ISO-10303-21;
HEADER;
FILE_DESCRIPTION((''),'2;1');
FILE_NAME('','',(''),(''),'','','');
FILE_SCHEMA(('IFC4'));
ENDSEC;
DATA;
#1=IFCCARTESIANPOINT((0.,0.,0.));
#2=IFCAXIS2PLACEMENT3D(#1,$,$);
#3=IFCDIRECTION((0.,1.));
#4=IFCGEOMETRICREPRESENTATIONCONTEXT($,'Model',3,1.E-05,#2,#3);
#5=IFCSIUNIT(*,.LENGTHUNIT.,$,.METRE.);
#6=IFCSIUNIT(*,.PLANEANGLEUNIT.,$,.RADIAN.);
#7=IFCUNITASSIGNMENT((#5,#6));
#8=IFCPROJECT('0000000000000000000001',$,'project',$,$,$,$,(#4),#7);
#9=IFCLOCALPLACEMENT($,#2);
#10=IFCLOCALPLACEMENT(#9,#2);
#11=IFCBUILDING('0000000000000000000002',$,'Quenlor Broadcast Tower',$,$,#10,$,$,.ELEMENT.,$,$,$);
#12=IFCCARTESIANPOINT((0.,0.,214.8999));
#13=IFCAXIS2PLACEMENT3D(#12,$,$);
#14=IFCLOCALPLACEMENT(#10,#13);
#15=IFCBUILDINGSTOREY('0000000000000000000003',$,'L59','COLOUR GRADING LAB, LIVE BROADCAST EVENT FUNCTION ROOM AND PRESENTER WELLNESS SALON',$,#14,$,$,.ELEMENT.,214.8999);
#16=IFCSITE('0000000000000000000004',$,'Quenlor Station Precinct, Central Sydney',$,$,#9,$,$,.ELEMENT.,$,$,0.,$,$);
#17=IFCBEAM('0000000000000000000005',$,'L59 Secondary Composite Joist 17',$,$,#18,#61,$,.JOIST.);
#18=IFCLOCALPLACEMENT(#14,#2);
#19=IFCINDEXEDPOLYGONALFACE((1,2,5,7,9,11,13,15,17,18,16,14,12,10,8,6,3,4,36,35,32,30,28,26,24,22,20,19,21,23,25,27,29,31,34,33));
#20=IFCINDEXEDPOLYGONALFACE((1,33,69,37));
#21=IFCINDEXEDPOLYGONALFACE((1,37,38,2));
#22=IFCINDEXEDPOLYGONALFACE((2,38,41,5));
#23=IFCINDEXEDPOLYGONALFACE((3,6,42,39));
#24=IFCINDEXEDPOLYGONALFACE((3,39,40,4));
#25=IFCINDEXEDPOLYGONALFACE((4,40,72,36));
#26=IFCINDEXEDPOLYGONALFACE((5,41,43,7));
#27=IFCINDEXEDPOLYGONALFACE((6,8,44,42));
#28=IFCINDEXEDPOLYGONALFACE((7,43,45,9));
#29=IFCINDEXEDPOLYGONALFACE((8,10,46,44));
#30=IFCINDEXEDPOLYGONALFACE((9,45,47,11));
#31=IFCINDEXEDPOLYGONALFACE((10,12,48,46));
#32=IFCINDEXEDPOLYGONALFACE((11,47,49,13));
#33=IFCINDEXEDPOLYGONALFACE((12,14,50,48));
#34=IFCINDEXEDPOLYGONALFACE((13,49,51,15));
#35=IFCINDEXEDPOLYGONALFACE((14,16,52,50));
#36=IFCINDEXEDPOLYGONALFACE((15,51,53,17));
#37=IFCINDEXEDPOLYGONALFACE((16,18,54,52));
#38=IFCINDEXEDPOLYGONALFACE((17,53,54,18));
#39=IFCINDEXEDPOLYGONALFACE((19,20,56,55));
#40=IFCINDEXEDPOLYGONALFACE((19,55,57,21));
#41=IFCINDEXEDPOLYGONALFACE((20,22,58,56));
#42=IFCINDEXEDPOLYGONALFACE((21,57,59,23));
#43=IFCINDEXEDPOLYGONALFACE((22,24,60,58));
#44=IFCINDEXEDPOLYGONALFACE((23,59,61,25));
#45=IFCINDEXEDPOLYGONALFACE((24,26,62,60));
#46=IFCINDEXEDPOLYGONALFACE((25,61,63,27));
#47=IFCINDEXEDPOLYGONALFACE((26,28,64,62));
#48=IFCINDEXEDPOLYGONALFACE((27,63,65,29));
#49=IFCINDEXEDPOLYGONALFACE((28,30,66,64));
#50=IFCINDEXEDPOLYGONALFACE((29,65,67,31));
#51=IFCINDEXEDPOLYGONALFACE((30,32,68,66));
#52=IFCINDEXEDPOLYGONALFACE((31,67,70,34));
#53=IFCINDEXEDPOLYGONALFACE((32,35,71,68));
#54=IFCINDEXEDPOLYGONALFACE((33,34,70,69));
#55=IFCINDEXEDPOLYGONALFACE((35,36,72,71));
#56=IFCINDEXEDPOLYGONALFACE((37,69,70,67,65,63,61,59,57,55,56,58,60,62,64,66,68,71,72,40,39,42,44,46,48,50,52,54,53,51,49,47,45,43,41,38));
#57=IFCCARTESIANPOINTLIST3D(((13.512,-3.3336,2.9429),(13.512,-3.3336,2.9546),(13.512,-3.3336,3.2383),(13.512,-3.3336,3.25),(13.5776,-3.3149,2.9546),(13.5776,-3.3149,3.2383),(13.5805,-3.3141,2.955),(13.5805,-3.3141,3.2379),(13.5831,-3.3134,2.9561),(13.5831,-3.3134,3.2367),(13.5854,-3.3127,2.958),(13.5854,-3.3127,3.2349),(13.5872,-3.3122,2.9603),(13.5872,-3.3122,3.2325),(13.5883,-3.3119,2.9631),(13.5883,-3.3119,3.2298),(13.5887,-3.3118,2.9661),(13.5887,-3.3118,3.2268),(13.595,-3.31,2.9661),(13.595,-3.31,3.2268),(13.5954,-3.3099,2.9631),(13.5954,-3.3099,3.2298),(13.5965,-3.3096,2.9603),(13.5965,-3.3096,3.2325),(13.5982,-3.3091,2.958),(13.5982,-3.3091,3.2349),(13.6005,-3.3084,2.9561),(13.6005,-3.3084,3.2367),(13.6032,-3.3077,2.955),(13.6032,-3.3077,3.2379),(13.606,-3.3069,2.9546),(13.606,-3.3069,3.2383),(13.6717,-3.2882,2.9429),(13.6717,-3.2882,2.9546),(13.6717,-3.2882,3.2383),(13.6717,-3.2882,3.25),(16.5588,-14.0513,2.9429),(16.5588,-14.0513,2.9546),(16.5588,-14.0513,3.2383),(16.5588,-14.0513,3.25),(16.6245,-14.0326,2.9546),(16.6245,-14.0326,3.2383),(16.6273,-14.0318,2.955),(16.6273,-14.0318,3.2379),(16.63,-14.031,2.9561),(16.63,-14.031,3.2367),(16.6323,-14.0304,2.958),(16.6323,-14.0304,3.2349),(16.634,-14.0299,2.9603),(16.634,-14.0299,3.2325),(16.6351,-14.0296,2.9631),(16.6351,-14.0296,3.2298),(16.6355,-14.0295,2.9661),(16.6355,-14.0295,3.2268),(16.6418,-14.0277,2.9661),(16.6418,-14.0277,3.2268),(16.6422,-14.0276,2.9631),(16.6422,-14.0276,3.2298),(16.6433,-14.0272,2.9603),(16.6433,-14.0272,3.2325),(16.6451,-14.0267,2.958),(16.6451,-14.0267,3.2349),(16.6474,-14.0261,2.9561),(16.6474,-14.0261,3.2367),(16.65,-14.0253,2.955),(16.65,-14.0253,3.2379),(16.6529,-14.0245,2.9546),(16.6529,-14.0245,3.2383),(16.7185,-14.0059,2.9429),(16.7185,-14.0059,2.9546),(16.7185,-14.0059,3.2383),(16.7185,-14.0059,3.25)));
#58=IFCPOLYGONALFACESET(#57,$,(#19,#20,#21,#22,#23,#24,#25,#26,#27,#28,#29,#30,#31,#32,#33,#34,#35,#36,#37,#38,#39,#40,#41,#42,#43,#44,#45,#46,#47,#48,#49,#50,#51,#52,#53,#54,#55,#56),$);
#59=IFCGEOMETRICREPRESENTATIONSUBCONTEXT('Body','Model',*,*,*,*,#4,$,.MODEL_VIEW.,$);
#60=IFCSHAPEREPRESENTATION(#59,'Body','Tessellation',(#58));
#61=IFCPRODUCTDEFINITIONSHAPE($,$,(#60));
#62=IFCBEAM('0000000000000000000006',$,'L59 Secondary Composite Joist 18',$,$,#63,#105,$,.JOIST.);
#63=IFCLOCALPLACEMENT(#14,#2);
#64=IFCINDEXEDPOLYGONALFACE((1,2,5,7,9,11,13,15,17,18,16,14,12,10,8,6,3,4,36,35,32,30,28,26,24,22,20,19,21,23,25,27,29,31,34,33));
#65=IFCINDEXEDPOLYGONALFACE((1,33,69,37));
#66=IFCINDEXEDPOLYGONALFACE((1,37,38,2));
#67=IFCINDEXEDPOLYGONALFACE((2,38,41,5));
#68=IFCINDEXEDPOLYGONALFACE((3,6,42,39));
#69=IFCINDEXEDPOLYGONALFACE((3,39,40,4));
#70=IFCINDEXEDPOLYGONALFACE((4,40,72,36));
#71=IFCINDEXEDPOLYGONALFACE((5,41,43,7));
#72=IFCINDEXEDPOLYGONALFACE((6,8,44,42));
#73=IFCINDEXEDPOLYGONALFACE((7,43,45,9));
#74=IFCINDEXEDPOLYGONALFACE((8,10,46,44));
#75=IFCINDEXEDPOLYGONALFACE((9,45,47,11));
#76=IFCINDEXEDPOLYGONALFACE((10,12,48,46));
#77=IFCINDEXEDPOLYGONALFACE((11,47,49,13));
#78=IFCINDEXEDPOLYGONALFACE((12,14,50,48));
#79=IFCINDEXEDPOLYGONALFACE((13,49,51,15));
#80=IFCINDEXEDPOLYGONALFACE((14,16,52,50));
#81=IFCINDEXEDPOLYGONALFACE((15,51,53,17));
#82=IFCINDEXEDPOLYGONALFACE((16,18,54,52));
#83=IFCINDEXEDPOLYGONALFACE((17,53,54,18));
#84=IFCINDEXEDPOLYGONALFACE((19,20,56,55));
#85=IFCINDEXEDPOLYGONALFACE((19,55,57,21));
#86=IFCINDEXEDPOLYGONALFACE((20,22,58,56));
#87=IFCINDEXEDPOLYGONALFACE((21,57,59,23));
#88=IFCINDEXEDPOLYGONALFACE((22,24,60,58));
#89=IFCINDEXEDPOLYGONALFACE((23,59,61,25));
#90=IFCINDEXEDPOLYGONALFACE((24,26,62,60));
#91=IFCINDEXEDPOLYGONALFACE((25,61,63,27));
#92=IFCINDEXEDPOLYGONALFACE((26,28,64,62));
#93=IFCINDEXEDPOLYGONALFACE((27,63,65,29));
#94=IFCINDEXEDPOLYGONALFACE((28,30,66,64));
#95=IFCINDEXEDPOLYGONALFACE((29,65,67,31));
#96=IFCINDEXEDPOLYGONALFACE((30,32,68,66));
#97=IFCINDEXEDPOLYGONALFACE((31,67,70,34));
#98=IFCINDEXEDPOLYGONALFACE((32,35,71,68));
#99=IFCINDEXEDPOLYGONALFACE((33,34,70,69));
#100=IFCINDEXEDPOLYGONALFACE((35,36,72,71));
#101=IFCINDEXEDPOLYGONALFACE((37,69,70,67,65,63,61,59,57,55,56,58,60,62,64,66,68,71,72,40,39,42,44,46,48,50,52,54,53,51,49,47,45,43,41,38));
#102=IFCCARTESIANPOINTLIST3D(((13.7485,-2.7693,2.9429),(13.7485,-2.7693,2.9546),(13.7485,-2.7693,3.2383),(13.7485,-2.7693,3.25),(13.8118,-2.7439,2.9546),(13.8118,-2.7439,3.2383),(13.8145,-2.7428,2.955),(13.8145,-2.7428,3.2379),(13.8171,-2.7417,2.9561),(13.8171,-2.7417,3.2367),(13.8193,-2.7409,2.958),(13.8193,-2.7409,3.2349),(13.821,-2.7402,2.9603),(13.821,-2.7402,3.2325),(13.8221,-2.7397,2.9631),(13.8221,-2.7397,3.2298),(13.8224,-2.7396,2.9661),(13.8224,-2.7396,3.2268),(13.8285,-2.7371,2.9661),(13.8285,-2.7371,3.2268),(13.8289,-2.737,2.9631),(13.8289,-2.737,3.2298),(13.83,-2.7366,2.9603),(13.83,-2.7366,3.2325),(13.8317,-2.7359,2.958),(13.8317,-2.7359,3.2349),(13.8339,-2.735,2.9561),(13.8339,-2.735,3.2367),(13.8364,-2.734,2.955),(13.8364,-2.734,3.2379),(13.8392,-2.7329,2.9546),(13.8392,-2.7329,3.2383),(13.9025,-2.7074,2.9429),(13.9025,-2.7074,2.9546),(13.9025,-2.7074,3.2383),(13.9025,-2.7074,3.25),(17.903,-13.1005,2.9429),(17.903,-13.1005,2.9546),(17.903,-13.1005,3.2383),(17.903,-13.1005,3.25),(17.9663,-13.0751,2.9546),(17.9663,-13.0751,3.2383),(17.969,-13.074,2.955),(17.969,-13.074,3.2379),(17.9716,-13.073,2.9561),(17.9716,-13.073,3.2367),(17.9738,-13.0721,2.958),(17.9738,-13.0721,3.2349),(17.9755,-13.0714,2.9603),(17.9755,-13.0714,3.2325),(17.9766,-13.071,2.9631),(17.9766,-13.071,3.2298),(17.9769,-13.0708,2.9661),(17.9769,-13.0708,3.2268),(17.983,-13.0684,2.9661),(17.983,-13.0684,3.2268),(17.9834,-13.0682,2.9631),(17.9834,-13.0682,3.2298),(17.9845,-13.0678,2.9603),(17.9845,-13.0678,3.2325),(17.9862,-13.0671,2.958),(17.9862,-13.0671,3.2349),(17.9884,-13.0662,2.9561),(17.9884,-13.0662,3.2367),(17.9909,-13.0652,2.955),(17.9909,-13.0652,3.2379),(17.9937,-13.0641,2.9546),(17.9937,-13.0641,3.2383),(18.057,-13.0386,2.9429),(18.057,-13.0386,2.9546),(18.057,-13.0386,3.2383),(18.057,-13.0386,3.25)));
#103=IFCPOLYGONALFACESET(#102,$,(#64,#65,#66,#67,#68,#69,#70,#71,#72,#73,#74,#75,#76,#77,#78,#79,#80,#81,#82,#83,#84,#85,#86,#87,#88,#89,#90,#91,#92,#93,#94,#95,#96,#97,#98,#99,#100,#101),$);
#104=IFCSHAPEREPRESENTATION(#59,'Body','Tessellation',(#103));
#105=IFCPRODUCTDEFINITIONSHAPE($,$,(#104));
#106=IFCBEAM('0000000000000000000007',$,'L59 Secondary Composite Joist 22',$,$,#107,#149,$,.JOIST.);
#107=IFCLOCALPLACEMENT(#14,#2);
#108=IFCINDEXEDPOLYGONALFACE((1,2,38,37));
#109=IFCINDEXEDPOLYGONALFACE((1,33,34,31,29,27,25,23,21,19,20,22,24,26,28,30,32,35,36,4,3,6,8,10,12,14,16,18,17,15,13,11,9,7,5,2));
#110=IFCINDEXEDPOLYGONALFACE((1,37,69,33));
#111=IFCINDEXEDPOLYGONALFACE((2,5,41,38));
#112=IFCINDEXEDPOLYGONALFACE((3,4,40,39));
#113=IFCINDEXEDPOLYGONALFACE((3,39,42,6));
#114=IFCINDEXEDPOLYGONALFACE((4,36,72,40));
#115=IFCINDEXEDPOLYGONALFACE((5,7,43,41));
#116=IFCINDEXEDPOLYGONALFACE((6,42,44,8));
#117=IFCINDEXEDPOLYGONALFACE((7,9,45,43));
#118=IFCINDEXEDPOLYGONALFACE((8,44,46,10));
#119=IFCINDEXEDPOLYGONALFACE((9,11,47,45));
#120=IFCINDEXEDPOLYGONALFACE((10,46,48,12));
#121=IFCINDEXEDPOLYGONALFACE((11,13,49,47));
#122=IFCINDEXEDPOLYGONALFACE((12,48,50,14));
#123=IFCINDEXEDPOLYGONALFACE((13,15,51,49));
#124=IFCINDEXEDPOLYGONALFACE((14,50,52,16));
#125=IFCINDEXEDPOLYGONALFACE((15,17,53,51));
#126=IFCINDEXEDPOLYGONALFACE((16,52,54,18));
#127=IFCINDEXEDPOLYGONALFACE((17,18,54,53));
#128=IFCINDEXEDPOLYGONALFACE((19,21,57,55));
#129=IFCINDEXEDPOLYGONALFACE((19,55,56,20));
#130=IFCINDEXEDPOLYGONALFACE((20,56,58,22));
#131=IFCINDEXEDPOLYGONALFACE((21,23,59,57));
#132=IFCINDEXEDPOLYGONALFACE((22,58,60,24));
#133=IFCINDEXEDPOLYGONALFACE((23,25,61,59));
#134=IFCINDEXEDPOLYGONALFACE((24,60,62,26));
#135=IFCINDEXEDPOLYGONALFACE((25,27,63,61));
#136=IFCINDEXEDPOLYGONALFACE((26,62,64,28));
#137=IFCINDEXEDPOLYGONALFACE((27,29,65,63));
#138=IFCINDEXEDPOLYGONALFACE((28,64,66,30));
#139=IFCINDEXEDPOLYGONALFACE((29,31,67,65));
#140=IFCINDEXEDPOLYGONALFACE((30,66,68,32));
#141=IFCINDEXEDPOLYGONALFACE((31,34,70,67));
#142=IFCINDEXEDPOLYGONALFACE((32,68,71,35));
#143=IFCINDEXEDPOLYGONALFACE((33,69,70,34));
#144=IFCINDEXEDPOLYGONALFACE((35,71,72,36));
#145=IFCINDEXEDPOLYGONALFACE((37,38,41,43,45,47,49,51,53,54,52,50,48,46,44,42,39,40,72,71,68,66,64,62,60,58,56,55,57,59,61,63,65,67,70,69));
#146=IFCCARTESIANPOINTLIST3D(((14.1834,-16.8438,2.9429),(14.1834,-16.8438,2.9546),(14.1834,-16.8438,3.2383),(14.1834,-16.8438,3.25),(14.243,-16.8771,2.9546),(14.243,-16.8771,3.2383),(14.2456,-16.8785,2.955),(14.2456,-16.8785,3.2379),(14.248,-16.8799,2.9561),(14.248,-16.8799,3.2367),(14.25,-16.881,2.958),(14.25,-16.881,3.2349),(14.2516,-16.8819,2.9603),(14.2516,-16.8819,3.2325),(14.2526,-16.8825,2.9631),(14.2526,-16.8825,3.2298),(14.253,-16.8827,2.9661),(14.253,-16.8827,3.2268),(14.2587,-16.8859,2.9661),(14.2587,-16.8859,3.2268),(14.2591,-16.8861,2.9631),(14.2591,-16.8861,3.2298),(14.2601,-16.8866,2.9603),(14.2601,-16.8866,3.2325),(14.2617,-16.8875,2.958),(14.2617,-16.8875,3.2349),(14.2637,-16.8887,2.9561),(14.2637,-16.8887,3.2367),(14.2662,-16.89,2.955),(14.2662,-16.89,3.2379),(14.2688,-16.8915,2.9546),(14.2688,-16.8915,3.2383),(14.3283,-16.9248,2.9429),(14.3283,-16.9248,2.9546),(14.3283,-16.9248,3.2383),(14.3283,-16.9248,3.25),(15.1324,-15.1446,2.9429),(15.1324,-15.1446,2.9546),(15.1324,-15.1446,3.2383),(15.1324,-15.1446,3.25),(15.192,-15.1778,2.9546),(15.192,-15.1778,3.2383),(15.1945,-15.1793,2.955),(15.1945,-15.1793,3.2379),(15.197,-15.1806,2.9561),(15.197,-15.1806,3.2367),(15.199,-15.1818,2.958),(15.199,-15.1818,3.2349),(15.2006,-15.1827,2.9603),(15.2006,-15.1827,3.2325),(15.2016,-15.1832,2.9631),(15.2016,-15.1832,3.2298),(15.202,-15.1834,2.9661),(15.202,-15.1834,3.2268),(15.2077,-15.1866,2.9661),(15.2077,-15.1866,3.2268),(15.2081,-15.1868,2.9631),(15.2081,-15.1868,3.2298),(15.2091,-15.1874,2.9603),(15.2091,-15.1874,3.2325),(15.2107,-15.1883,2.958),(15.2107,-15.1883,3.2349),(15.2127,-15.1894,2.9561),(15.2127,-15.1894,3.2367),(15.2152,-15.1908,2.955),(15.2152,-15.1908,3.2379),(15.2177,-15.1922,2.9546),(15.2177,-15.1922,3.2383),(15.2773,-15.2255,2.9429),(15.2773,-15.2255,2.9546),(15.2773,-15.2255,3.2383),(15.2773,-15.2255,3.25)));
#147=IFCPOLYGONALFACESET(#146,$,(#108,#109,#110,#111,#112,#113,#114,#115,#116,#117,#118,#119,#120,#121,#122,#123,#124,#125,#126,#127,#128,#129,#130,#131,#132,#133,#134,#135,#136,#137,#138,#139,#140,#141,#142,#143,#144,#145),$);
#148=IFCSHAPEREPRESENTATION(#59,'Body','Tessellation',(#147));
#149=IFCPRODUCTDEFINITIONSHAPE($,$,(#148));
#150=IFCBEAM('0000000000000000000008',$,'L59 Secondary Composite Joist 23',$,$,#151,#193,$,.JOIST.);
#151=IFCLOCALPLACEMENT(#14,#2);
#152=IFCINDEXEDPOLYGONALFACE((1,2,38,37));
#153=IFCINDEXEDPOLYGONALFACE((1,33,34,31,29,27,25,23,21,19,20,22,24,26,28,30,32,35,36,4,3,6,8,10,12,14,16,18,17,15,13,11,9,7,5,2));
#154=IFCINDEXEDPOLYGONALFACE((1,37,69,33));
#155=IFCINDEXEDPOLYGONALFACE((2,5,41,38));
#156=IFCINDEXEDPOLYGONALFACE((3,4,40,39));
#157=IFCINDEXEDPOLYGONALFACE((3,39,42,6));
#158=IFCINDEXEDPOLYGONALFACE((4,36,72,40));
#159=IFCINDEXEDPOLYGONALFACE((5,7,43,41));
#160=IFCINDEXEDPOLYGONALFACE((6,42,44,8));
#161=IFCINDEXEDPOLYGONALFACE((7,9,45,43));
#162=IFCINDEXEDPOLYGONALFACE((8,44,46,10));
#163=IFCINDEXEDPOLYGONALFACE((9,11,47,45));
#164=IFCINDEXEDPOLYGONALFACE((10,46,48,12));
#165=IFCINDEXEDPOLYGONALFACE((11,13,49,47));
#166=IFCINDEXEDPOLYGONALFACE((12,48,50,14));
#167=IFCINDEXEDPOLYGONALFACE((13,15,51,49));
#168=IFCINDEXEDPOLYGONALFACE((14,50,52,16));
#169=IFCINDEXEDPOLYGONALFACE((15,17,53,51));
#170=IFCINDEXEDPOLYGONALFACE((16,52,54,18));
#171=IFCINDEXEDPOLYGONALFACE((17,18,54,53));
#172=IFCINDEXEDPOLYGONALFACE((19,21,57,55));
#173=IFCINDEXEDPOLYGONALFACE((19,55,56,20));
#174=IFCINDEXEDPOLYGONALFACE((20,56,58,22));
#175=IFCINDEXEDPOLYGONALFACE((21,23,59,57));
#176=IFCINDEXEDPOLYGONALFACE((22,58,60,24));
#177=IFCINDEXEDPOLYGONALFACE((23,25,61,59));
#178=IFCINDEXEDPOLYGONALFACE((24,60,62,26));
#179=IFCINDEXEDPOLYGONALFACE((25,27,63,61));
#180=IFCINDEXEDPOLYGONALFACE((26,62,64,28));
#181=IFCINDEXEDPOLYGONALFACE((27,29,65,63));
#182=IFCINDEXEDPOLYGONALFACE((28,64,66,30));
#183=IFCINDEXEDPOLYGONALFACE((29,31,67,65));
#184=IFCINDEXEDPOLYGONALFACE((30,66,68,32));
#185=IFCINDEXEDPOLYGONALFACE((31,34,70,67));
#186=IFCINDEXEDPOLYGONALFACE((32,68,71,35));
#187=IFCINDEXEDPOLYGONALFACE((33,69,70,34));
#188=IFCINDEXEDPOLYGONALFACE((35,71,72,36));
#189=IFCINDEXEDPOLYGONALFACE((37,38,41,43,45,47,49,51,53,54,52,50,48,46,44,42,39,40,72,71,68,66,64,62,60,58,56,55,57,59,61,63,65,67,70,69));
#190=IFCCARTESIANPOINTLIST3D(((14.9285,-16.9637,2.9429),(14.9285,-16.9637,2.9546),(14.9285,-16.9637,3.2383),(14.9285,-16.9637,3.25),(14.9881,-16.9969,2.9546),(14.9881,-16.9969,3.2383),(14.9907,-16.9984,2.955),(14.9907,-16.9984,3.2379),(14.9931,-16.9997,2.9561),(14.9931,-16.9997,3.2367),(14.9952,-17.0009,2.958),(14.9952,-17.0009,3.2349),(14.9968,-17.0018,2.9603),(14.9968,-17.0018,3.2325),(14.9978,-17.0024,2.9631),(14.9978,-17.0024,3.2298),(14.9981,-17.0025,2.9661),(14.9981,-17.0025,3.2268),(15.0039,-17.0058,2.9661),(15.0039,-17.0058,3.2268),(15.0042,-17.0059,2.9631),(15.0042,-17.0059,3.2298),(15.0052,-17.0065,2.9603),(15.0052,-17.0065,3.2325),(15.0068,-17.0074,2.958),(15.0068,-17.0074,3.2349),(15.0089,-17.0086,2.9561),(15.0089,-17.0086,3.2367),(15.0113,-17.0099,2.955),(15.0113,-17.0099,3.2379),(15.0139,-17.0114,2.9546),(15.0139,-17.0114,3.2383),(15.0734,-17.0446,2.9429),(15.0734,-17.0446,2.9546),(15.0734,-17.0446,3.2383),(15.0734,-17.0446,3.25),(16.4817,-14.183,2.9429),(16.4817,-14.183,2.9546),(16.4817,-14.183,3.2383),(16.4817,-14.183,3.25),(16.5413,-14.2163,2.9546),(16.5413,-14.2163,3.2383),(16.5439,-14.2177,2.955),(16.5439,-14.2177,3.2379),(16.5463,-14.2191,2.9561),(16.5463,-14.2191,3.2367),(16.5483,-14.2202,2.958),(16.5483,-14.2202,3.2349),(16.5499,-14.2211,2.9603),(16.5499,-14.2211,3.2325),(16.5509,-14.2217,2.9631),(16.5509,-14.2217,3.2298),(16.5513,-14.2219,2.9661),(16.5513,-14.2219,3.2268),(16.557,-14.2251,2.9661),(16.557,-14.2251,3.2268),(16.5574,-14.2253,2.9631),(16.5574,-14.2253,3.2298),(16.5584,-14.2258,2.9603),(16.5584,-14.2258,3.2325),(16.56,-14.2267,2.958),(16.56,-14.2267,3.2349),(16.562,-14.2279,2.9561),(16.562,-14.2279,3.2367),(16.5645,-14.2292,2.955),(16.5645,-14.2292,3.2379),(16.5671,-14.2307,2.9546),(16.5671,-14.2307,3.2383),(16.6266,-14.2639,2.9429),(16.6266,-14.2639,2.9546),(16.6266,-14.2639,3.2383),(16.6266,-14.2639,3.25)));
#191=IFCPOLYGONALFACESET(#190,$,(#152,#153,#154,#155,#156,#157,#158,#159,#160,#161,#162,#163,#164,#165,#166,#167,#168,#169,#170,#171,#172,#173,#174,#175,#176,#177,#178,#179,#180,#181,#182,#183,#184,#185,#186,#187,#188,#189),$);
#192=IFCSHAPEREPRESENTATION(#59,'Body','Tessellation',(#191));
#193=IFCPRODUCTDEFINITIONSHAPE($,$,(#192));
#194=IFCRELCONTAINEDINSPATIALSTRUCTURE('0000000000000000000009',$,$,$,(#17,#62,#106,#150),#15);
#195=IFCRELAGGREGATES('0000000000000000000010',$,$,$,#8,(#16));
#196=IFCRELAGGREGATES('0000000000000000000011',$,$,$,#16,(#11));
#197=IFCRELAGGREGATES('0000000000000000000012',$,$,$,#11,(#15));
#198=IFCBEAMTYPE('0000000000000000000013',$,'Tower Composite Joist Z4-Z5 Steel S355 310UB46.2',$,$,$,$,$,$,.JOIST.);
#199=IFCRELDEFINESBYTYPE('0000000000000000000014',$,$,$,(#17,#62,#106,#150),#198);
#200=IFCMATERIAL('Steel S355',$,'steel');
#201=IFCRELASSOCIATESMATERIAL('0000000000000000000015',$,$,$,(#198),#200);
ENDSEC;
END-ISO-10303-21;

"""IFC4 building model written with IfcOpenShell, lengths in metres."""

from ifc_helpers import new_model, si_unit, direction, frame, origin, origin_2d, place, context, subcontext, project, spatial, i_section, extrude, material, material_profile, profile_set, type_object, element, save


model = new_model("IFC4")

# Units and contexts
model_context = context("Model", 3, precision=1e-05, world=origin(), true_north=direction((0.0, 1.0)))
body_context = subcontext(model_context, "Body", "Model", "MODEL_VIEW")
ifc_project = project(units=[si_unit("LENGTHUNIT", "METRE"), si_unit("PLANEANGLEUNIT", "RADIAN")], contexts=[model_context])

# Site, building, storey
site_placement = place(None, origin())
site = spatial("IfcSite", under=ifc_project, at=site_placement, Name="Quenlor Station Precinct, Central Sydney", CompositionType="ELEMENT", RefElevation=0.0)
building_placement = place(site_placement, origin())
building = spatial("IfcBuilding", under=site, at=building_placement, Name="Quenlor Broadcast Tower", CompositionType="ELEMENT")
storey_placement = place(building_placement, frame((0.0, 0.0, 214.8999)))
storey = spatial("IfcBuildingStorey", under=building, at=storey_placement, Name="L59", Description="COLOUR GRADING LAB, LIVE BROADCAST EVENT FUNCTION ROOM AND PRESENTER WELLNESS SALON", CompositionType="ELEMENT", Elevation=214.8999)

# Beams
ifc_material_1 = material(Name="Steel S355", Category="steel")
ifc_material_profile_1 = material_profile(ifc_material_1, i_section(OverallWidth=0.166, OverallDepth=0.3071, WebThickness=0.0066, FlangeThickness=0.0117, FilletRadius=0.0115, at=origin_2d()))
ifc_profile_set_1 = profile_set([ifc_material_profile_1], Name="Steel S355 310UB46.2")
beam_type_1 = type_object("IfcBeamType", Name="Tower Composite Joist Z4-Z5 Steel S355 310UB46.2", PredefinedType="JOIST", material=ifc_profile_set_1)
beam_1_placement = place(storey_placement, frame((16.6387, -14.0286, 3.0964), z_axis=(-0.273448, 0.961887, 0.0), x_axis=(-0.961887, -0.273448, 0.0)))
element("IfcBeam", 1, at=beam_1_placement, inside=storey, type_object=beam_type_1, Name="L59 Secondary Composite Joist 17", PredefinedType="JOIST", context=body_context, shape_type="SweptSolid", body=[
    extrude(i_section(OverallWidth=0.166, OverallDepth=0.3071, WebThickness=0.0066, FlangeThickness=0.0117, FilletRadius=0.0115, at=origin_2d()), origin(), (0.0, 0.0, 1.0), 11.1423),
])
beam_2_placement = place(storey_placement, frame((17.98, -13.0696, 3.0964), z_axis=(-0.373095, 0.927793, 0.0), x_axis=(-0.927793, -0.373095, 0.0)))
element("IfcBeam", 2, at=beam_2_placement, inside=storey, type_object=beam_type_1, Name="L59 Secondary Composite Joist 18", PredefinedType="JOIST", context=body_context, shape_type="SweptSolid", body=[
    extrude(i_section(OverallWidth=0.166, OverallDepth=0.3071, WebThickness=0.0066, FlangeThickness=0.0117, FilletRadius=0.0115, at=origin_2d()), origin(), (0.0, 0.0, 1.0), 11.1353),
])
beam_3_placement = place(storey_placement, frame((14.2559, -16.8843, 3.0964), z_axis=(0.487591, 0.873072, 0.0), x_axis=(-0.873072, 0.487591, 0.0)))
element("IfcBeam", 3, at=beam_3_placement, inside=storey, type_object=beam_type_1, Name="L59 Secondary Composite Joist 22", PredefinedType="JOIST", context=body_context, shape_type="SweptSolid", body=[
    extrude(i_section(OverallWidth=0.166, OverallDepth=0.3071, WebThickness=0.0066, FlangeThickness=0.0117, FilletRadius=0.0115, at=origin_2d()), origin(), (0.0, 0.0, 1.0), 1.9463),
])
beam_4_placement = place(storey_placement, frame((15.001, -17.0042, 3.0964), z_axis=(0.487646, 0.873041, 0.0), x_axis=(-0.873041, 0.487646, 0.0)))
element("IfcBeam", 4, at=beam_4_placement, inside=storey, type_object=beam_type_1, Name="L59 Secondary Composite Joist 23", PredefinedType="JOIST", context=body_context, shape_type="SweptSolid", body=[
    extrude(i_section(OverallWidth=0.166, OverallDepth=0.3071, WebThickness=0.0066, FlangeThickness=0.0117, FilletRadius=0.0115, at=origin_2d()), origin(), (0.0, 0.0, 1.0), 3.1851),
])

save(model, "model.ifc")
